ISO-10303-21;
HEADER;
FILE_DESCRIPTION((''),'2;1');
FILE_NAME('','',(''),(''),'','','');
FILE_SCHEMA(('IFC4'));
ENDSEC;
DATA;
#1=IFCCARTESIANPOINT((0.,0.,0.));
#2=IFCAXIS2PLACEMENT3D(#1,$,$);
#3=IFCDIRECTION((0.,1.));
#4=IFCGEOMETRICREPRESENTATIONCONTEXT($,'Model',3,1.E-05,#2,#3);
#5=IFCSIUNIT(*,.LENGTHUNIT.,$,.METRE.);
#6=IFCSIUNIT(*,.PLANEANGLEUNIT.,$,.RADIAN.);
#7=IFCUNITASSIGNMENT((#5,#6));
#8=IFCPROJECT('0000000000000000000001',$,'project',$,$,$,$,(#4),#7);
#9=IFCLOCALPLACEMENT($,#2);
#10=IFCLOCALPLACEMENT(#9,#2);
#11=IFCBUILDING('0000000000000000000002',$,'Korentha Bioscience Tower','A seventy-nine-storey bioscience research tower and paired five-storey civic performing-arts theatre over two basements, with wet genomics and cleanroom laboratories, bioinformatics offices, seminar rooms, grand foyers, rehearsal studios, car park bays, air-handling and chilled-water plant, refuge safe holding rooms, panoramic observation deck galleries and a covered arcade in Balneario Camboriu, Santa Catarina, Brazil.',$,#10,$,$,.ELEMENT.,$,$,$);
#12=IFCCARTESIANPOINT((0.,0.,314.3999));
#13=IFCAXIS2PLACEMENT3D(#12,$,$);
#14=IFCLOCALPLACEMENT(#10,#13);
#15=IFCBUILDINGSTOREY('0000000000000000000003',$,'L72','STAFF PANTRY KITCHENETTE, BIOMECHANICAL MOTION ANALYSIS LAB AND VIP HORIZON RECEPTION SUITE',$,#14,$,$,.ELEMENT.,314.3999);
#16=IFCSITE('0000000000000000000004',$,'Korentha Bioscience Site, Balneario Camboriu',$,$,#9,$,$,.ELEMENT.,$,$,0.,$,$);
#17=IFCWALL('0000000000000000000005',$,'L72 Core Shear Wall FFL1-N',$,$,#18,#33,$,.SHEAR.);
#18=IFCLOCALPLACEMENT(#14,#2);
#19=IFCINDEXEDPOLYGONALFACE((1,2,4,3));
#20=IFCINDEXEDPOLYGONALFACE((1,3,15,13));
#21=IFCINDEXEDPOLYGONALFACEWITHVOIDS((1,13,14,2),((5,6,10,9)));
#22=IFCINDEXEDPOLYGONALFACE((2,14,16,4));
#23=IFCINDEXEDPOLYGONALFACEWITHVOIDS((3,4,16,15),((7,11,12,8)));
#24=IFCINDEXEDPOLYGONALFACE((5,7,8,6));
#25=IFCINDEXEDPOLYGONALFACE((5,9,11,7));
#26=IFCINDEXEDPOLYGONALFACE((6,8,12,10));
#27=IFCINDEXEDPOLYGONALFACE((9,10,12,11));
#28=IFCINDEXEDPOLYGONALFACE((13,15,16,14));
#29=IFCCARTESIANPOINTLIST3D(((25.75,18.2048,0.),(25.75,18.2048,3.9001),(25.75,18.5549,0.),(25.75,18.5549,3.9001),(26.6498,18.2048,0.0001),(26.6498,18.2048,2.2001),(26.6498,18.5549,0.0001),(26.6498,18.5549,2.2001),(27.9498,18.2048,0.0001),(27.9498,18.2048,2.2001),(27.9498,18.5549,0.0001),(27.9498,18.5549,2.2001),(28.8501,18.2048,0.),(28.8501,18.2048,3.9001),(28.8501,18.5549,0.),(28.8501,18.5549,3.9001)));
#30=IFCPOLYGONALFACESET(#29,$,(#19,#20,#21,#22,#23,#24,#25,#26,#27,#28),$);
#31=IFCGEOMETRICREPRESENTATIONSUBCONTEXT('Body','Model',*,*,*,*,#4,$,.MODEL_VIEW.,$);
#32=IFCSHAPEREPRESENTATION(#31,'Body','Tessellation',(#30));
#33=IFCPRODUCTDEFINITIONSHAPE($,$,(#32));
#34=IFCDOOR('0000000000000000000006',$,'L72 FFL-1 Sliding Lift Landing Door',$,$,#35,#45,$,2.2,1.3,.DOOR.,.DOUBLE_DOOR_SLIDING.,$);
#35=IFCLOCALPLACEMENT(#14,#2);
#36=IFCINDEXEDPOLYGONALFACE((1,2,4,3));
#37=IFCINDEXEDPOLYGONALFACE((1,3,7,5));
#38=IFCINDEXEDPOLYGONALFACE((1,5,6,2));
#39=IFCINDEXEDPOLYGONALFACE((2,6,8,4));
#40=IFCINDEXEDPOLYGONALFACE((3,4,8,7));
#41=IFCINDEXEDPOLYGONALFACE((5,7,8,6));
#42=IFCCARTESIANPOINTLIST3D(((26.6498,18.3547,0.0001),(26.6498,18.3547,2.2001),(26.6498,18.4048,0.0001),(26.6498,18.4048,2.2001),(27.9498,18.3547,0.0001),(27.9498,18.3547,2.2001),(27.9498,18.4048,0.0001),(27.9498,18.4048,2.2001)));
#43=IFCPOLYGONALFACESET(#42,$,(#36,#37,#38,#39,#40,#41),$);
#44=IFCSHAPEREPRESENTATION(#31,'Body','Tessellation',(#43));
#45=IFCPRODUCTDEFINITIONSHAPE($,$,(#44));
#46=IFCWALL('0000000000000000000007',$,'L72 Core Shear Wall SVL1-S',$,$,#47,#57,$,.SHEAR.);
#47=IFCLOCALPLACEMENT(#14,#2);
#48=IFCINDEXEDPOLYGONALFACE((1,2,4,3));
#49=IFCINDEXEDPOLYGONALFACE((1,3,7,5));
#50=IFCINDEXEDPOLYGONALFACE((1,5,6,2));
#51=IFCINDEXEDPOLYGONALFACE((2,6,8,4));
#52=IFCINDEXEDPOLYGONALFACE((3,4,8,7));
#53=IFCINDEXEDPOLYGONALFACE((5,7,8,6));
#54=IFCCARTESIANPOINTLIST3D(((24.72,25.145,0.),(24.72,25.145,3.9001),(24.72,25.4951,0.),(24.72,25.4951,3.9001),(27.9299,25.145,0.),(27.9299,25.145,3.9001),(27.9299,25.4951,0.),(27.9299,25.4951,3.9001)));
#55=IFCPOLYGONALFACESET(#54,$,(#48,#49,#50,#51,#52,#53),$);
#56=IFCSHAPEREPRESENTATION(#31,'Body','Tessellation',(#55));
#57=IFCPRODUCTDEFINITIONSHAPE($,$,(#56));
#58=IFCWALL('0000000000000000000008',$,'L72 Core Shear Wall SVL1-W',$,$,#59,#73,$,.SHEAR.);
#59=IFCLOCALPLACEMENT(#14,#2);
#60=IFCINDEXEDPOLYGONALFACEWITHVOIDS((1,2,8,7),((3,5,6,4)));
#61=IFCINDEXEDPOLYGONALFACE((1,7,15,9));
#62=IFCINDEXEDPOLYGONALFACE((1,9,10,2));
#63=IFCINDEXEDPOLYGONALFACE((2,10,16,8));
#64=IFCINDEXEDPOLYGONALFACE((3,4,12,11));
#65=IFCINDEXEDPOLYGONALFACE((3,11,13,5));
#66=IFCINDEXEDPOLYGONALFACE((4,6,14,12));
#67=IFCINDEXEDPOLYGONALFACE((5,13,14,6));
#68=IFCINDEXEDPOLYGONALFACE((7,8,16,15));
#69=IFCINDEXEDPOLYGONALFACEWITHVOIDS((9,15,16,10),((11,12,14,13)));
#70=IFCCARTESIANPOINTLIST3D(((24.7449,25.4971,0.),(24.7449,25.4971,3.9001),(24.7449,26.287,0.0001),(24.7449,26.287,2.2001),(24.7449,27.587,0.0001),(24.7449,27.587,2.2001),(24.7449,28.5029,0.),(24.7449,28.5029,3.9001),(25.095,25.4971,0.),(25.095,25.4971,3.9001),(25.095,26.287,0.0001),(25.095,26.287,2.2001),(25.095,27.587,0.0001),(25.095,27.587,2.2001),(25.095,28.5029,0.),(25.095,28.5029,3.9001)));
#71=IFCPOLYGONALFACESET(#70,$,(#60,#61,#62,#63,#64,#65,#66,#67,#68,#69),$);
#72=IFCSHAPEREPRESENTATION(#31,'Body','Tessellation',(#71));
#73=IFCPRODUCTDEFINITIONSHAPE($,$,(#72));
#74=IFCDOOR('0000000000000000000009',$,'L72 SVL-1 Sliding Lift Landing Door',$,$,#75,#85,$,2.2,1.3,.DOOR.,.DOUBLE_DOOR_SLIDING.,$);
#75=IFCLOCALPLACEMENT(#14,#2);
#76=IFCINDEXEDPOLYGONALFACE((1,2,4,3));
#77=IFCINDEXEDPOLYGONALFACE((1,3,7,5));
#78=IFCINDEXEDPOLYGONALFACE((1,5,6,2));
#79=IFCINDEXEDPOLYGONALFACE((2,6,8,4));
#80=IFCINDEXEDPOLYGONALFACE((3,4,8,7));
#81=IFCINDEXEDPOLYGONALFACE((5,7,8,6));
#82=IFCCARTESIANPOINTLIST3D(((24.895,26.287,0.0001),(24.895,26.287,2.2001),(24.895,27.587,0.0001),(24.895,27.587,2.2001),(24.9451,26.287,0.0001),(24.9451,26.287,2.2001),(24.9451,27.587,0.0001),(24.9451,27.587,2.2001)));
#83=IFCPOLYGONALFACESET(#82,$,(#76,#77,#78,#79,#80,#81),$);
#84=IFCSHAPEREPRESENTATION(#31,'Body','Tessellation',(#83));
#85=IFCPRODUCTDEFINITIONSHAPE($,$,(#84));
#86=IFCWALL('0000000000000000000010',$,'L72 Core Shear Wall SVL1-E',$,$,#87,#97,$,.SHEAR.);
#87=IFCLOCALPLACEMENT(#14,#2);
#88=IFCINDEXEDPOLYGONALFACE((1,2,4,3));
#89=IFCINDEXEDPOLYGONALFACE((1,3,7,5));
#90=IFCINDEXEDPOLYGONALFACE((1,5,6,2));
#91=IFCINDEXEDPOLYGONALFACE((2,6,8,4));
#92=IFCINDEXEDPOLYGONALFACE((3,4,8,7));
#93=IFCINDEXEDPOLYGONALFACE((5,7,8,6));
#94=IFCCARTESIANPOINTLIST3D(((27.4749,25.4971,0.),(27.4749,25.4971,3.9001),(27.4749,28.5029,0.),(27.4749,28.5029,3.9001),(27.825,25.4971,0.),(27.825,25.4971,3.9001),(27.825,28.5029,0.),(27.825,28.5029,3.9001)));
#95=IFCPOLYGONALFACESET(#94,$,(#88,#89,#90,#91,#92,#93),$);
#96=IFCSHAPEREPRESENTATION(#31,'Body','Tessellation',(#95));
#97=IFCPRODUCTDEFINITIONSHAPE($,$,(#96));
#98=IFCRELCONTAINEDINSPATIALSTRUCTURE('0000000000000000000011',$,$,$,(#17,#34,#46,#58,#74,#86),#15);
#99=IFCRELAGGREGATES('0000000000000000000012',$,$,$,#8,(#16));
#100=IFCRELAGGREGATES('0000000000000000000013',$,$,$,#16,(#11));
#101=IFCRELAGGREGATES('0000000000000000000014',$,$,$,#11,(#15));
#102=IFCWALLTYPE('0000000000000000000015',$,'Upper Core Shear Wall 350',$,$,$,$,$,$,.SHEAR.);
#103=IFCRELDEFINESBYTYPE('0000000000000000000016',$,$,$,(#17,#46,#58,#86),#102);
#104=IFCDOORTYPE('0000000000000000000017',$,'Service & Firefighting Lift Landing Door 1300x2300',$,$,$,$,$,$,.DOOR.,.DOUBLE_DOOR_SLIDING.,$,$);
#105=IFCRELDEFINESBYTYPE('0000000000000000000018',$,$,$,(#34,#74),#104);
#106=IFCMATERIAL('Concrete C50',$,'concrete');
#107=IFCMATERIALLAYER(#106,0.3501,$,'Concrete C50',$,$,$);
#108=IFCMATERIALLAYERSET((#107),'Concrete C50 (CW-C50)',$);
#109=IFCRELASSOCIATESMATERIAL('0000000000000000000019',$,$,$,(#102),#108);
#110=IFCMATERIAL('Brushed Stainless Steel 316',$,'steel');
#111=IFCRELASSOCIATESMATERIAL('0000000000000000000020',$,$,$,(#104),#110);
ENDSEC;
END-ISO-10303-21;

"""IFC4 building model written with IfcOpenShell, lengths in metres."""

from ifc_helpers import new_model, si_unit, direction, frame, frame_2d, origin, place, context, subcontext, project, spatial, rectangle, extrude, material, layer, layer_set, type_object, element, fill, save


model = new_model("IFC4")

# Units and contexts
model_context = context("Model", 3, precision=1e-05, world=origin(), true_north=direction((0.0, 1.0)))
body_context = subcontext(model_context, "Body", "Model", "MODEL_VIEW")
ifc_project = project(units=[si_unit("LENGTHUNIT", "METRE"), si_unit("PLANEANGLEUNIT", "RADIAN")], contexts=[model_context])

# Site, building, storey
site_placement = place(None, origin())
site = spatial("IfcSite", under=ifc_project, at=site_placement, Name="Korentha Bioscience Site, Balneario Camboriu", CompositionType="ELEMENT", RefElevation=0.0)
building_placement = place(site_placement, origin())
building = spatial("IfcBuilding", under=site, at=building_placement, Name="Korentha Bioscience Tower", Description="A seventy-nine-storey bioscience research tower and paired five-storey civic performing-arts theatre over two basements, with wet genomics and cleanroom laboratories, bioinformatics offices, seminar rooms, grand foyers, rehearsal studios, car park bays, air-handling and chilled-water plant, refuge safe holding rooms, panoramic observation deck galleries and a covered arcade in Balneario Camboriu, Santa Catarina, Brazil.", CompositionType="ELEMENT")
storey_placement = place(building_placement, frame((0.0, 0.0, 314.3999)))
storey = spatial("IfcBuildingStorey", under=building, at=storey_placement, Name="L72", Description="STAFF PANTRY KITCHENETTE, BIOMECHANICAL MOTION ANALYSIS LAB AND VIP HORIZON RECEPTION SUITE", CompositionType="ELEMENT", Elevation=314.3999)

# Shared definitions
ifc_material_1 = material(Name="Concrete C50", Category="concrete")
ifc_layer_1 = layer(ifc_material_1, 0.3501, Name="Concrete C50")
ifc_layer_set_1 = layer_set([ifc_layer_1], Name="Concrete C50 (CW-C50)")
wall_type_1 = type_object("IfcWallType", Name="Upper Core Shear Wall 350", PredefinedType="SHEAR", material=ifc_layer_set_1)

# Wall, opening, door
wall_1_placement = place(storey_placement, frame((25.75, 18.3799, 0.0), z_axis=(0.0, 0.0, 1.0), x_axis=(1.0, 0.0, 0.0)))
wall_1 = element("IfcWall", 1, at=wall_1_placement, inside=storey, type_object=wall_type_1, Name="L72 Core Shear Wall FFL1-N", PredefinedType="SHEAR", context=body_context, shape_type="SweptSolid", body=[
    extrude(rectangle(XDim=3.1001, YDim=0.3501, at=frame_2d((1.55, 0.0))), origin(), (0.0, 0.0, 1.0), 3.9001),
])
opening_1_placement = place(wall_1_placement, frame((0.8999, 0.0, 0.0)))
opening_1 = element("IfcOpeningElement", 2, at=opening_1_placement, cuts=wall_1, PredefinedType="OPENING", context=body_context, shape_type="SweptSolid", body=[
    extrude(rectangle(XDim=1.3, YDim=2.2, at=frame_2d((0.6499, 1.1001))), frame((0.0, 0.1899, 0.0), z_axis=(0.0, -1.0, 0.0), x_axis=(1.0, 0.0, 0.0)), (0.0, 0.0, 1.0), 0.3799),
])
ifc_material_2 = material(Name="Brushed Stainless Steel 316", Category="steel")
door_type_1 = type_object("IfcDoorType", Name="Service & Firefighting Lift Landing Door 1300x2300", OperationType="DOUBLE_DOOR_SLIDING", PredefinedType="DOOR", material=ifc_material_2)
door_1_placement = place(opening_1_placement, origin())
door_1 = element("IfcDoor", 3, at=door_1_placement, inside=storey, type_object=door_type_1, Name="L72 FFL-1 Sliding Lift Landing Door", OperationType="DOUBLE_DOOR_SLIDING", OverallHeight=2.2, OverallWidth=1.3, PredefinedType="DOOR", context=body_context, shape_type="SweptSolid", body=[
    extrude(rectangle(XDim=1.3, YDim=2.2, at=frame_2d((0.6499, 1.1001))), frame((0.0, 0.0249, 0.0), z_axis=(0.0, -1.0, 0.0), x_axis=(1.0, 0.0, 0.0)), (0.0, 0.0, 1.0), 0.05),
])
fill(opening_1, door_1)

# Wall
wall_2_placement = place(storey_placement, frame((24.72, 25.3201, 0.0), z_axis=(0.0, 0.0, 1.0), x_axis=(1.0, 0.0, 0.0)))
element("IfcWall", 4, at=wall_2_placement, inside=storey, type_object=wall_type_1, Name="L72 Core Shear Wall SVL1-S", PredefinedType="SHEAR", context=body_context, shape_type="SweptSolid", body=[
    extrude(rectangle(XDim=3.21, YDim=0.3501, at=frame_2d((1.605, 0.0))), origin(), (0.0, 0.0, 1.0), 3.9001),
])

# Wall, opening, door
wall_3_placement = place(storey_placement, frame((24.9199, 25.4971, 0.0), z_axis=(0.0, 0.0, 1.0), x_axis=(0.0, 1.0, 0.0)))
wall_3 = element("IfcWall", 5, at=wall_3_placement, inside=storey, type_object=wall_type_1, Name="L72 Core Shear Wall SVL1-W", PredefinedType="SHEAR", context=body_context, shape_type="SweptSolid", body=[
    extrude(rectangle(XDim=3.0059, YDim=0.3501, at=frame_2d((1.5029, 0.0))), origin(), (0.0, 0.0, 1.0), 3.9001),
])
opening_2_placement = place(wall_3_placement, frame((0.79, 0.0, 0.0)))
opening_2 = element("IfcOpeningElement", 6, at=opening_2_placement, cuts=wall_3, PredefinedType="OPENING", context=body_context, shape_type="SweptSolid", body=[
    extrude(rectangle(XDim=1.3, YDim=2.2, at=frame_2d((0.6499, 1.1001))), frame((0.0, 0.1899, 0.0), z_axis=(0.0, -1.0, 0.0), x_axis=(1.0, 0.0, 0.0)), (0.0, 0.0, 1.0), 0.3799),
])
door_2_placement = place(opening_2_placement, origin())
door_2 = element("IfcDoor", 7, at=door_2_placement, inside=storey, type_object=door_type_1, Name="L72 SVL-1 Sliding Lift Landing Door", OperationType="DOUBLE_DOOR_SLIDING", OverallHeight=2.2, OverallWidth=1.3, PredefinedType="DOOR", context=body_context, shape_type="SweptSolid", body=[
    extrude(rectangle(XDim=1.3, YDim=2.2, at=frame_2d((0.6499, 1.1001))), frame((0.0, 0.0249, 0.0), z_axis=(0.0, -1.0, 0.0), x_axis=(1.0, 0.0, 0.0)), (0.0, 0.0, 1.0), 0.05),
])
fill(opening_2, door_2)

# Wall
wall_4_placement = place(storey_placement, frame((27.6499, 25.4971, 0.0), z_axis=(0.0, 0.0, 1.0), x_axis=(0.0, 1.0, 0.0)))
element("IfcWall", 8, at=wall_4_placement, inside=storey, type_object=wall_type_1, Name="L72 Core Shear Wall SVL1-E", PredefinedType="SHEAR", context=body_context, shape_type="SweptSolid", body=[
    extrude(rectangle(XDim=3.0059, YDim=0.3501, at=frame_2d((1.5029, 0.0))), origin(), (0.0, 0.0, 1.0), 3.9001),
])

save(model, "model.ifc")
